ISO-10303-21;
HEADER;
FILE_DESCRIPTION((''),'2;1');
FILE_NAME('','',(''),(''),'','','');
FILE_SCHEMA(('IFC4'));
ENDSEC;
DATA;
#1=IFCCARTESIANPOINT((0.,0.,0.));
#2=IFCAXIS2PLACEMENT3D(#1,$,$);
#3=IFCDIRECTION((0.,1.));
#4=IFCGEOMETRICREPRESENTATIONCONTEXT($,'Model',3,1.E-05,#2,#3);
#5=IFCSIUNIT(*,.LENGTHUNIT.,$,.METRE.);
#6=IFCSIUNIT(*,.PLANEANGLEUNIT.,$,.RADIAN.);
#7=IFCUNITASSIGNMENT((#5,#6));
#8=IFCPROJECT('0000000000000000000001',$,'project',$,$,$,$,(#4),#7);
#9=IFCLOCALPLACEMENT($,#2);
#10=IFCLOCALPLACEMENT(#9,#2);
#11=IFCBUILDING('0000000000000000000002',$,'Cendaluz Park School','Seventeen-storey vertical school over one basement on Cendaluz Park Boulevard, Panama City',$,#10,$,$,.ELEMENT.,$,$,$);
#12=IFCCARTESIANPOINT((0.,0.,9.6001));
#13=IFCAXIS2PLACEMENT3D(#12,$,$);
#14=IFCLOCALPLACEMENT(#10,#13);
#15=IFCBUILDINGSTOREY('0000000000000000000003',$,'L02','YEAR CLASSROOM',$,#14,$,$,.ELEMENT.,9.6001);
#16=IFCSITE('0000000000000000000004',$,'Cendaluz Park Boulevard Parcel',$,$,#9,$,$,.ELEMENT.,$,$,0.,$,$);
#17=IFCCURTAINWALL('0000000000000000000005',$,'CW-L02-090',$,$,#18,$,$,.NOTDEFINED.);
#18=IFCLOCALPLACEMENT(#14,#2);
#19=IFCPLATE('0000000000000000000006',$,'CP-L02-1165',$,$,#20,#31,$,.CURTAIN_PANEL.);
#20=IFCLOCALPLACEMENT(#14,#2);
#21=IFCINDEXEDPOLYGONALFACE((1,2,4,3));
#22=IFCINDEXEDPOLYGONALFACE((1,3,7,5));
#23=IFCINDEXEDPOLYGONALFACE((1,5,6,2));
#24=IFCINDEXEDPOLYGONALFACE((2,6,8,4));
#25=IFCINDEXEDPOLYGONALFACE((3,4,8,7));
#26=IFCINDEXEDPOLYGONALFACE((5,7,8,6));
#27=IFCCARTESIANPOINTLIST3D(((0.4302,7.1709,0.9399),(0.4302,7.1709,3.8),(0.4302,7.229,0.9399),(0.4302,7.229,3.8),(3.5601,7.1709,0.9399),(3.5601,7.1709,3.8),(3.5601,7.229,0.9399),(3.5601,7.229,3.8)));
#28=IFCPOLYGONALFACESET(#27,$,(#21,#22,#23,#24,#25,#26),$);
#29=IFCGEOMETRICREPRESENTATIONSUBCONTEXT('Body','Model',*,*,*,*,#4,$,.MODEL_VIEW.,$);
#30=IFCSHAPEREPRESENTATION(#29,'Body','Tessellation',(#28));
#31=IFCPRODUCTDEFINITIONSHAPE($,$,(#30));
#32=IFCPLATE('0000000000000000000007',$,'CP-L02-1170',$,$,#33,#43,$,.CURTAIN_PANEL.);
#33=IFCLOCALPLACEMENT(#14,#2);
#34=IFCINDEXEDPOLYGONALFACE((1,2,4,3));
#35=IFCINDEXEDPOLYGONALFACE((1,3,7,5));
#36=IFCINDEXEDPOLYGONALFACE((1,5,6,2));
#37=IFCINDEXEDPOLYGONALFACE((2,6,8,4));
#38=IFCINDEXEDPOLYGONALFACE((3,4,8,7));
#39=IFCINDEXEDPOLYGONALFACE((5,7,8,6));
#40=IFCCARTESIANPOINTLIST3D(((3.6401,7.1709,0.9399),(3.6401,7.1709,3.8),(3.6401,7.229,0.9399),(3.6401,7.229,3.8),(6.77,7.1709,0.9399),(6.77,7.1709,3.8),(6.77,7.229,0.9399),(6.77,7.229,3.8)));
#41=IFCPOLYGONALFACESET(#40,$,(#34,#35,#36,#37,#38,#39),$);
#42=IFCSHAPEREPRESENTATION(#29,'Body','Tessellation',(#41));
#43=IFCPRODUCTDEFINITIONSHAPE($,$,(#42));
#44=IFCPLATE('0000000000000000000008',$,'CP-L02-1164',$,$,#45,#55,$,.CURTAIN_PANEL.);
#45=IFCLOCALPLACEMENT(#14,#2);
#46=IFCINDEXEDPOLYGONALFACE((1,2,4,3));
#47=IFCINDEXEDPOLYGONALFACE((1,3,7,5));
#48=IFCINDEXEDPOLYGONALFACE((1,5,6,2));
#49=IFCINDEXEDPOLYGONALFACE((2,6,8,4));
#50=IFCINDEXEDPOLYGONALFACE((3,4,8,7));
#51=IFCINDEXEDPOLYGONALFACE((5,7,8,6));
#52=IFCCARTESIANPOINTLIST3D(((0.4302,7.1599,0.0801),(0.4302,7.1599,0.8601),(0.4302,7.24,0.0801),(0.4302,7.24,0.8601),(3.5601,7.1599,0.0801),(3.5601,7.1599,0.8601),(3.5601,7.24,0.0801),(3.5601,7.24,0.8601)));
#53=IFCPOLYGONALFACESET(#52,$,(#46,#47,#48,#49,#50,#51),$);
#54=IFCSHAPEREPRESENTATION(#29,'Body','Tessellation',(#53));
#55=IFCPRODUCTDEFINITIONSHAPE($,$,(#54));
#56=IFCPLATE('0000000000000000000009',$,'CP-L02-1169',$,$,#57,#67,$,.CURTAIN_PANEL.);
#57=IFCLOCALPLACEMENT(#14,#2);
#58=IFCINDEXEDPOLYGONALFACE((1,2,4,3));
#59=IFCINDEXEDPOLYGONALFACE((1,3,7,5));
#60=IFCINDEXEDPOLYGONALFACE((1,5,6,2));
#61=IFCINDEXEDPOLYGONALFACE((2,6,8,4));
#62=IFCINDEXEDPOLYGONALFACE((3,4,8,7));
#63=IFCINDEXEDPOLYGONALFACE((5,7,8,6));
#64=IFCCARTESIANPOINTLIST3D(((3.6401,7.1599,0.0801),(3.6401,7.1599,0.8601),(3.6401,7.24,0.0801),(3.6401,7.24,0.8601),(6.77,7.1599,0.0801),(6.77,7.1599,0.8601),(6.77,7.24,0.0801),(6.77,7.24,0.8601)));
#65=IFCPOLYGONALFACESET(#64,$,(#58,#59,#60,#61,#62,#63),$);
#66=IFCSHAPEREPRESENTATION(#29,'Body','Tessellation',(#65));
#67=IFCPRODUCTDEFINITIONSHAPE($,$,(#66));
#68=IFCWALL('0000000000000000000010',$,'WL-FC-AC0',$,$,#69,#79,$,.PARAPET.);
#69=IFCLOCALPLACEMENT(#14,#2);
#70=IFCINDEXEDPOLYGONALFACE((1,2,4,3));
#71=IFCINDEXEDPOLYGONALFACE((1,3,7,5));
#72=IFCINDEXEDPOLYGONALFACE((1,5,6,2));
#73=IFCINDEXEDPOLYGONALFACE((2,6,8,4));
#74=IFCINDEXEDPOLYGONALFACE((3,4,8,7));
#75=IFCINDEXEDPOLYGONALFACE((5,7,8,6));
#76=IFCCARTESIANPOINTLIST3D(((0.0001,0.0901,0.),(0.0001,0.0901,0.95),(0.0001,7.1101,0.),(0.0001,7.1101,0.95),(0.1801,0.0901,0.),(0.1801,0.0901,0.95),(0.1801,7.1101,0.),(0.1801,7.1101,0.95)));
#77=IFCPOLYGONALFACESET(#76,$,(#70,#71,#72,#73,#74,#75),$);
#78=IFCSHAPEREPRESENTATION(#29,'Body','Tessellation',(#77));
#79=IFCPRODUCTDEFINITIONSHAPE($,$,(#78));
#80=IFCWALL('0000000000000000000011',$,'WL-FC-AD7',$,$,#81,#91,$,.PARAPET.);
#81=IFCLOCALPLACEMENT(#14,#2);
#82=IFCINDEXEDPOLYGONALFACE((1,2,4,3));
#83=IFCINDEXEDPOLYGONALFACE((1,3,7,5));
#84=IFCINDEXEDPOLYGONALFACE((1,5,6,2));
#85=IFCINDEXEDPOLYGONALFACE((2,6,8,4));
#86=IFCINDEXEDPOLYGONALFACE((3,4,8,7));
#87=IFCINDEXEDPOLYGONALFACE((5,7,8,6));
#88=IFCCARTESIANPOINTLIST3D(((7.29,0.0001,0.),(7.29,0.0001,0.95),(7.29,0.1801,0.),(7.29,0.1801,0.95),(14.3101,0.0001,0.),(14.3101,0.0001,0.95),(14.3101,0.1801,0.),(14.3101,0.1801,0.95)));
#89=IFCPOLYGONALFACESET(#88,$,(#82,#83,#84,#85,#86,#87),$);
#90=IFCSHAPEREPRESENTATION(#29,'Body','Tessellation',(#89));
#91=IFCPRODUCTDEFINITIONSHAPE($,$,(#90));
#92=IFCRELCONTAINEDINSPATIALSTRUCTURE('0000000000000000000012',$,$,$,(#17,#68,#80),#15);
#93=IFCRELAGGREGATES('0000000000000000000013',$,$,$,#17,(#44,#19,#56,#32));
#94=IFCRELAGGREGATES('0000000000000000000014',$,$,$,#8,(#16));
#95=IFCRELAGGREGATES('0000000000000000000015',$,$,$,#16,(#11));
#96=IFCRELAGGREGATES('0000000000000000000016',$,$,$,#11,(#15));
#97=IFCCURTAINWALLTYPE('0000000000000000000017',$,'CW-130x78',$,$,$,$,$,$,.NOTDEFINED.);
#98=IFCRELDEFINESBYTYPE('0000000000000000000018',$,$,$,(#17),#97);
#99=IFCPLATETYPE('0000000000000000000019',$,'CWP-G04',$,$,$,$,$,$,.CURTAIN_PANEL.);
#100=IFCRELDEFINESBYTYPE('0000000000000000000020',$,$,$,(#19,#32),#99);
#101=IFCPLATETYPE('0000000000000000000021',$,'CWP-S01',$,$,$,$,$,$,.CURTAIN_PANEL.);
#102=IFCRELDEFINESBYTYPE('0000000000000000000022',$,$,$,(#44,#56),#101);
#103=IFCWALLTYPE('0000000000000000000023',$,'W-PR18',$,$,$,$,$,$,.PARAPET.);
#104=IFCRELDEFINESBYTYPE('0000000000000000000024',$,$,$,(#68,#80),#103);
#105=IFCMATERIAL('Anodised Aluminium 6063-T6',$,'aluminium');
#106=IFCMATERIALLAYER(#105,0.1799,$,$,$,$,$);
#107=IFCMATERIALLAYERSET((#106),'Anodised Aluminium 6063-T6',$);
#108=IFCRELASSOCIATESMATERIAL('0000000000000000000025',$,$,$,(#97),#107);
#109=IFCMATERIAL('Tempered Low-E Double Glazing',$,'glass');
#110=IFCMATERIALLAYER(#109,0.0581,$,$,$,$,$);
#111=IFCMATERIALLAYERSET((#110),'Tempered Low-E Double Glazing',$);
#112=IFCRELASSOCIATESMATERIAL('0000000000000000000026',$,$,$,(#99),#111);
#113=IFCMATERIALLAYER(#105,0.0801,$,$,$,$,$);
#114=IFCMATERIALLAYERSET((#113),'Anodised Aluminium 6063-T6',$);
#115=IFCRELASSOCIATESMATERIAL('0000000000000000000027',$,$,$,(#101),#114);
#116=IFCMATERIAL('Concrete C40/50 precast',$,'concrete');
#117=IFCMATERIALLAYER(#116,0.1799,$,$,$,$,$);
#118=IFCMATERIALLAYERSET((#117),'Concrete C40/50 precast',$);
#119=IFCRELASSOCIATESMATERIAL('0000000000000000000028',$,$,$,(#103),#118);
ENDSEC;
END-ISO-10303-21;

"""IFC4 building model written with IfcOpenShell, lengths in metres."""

from ifc_helpers import new_model, si_unit, direction, frame, frame_2d, origin, origin_2d, place, context, subcontext, project, spatial, rectangle, extrude, material, layer, layer_set, type_object, element, aggregate, save


model = new_model("IFC4")

# Units and contexts
model_context = context("Model", 3, precision=1e-05, world=origin(), true_north=direction((0.0, 1.0)))
body_context = subcontext(model_context, "Body", "Model", "MODEL_VIEW")
ifc_project = project(units=[si_unit("LENGTHUNIT", "METRE"), si_unit("PLANEANGLEUNIT", "RADIAN")], contexts=[model_context])

# Site, building, storey
site_placement = place(None, origin())
site = spatial("IfcSite", under=ifc_project, at=site_placement, Name="Cendaluz Park Boulevard Parcel", CompositionType="ELEMENT", RefElevation=0.0)
building_placement = place(site_placement, origin())
building = spatial("IfcBuilding", under=site, at=building_placement, Name="Cendaluz Park School", Description="Seventeen-storey vertical school over one basement on Cendaluz Park Boulevard, Panama City", CompositionType="ELEMENT")
storey_placement = place(building_placement, frame((0.0, 0.0, 9.6001)))
storey = spatial("IfcBuildingStorey", under=building, at=storey_placement, Name="L02", Description="YEAR CLASSROOM", CompositionType="ELEMENT", Elevation=9.6001)

# Curtain wall, plates
ifc_material_1 = material(Name="Anodised Aluminium 6063-T6", Category="aluminium")
ifc_layer_1 = layer(ifc_material_1, 0.1799)
ifc_layer_set_1 = layer_set([ifc_layer_1], Name="Anodised Aluminium 6063-T6")
curtain_wall_type = type_object("IfcCurtainWallType", Name="CW-130x78", PredefinedType="NOTDEFINED", material=ifc_layer_set_1)
curtain_wall_placement = place(storey_placement, origin())
curtain_wall = element("IfcCurtainWall", 1, at=curtain_wall_placement, inside=storey, type_object=curtain_wall_type, Name="CW-L02-090", PredefinedType="NOTDEFINED")
ifc_material_2 = material(Name="Tempered Low-E Double Glazing", Category="glass")
ifc_layer_2 = layer(ifc_material_2, 0.0581)
ifc_layer_set_2 = layer_set([ifc_layer_2], Name="Tempered Low-E Double Glazing")
plate_type_1 = type_object("IfcPlateType", Name="CWP-G04", PredefinedType="CURTAIN_PANEL", material=ifc_layer_set_2)
plate_1_placement = place(storey_placement, frame((1.9951, 7.2, 0.9399), z_axis=(0.0, 0.0, 1.0), x_axis=(1.0, 0.0, 0.0)))
plate_1 = element("IfcPlate", 2, at=plate_1_placement, type_object=plate_type_1, Name="CP-L02-1165", PredefinedType="CURTAIN_PANEL", context=body_context, shape_type="SweptSolid", body=[
    extrude(rectangle(XDim=3.1299, YDim=0.0581, at=origin_2d()), origin(), (0.0, 0.0, 1.0), 2.8601),
])
plate_2_placement = place(storey_placement, frame((5.2051, 7.2, 0.9399), z_axis=(0.0, 0.0, 1.0), x_axis=(1.0, 0.0, 0.0)))
plate_2 = element("IfcPlate", 3, at=plate_2_placement, type_object=plate_type_1, Name="CP-L02-1170", PredefinedType="CURTAIN_PANEL", context=body_context, shape_type="SweptSolid", body=[
    extrude(rectangle(XDim=3.1299, YDim=0.0581, at=origin_2d()), origin(), (0.0, 0.0, 1.0), 2.8601),
])
ifc_layer_3 = layer(ifc_material_1, 0.0801)
ifc_layer_set_3 = layer_set([ifc_layer_3], Name="Anodised Aluminium 6063-T6")
plate_type_2 = type_object("IfcPlateType", Name="CWP-S01", PredefinedType="CURTAIN_PANEL", material=ifc_layer_set_3)
plate_3_placement = place(storey_placement, frame((1.9951, 7.2, 0.0801), z_axis=(0.0, 0.0, 1.0), x_axis=(1.0, 0.0, 0.0)))
plate_3 = element("IfcPlate", 4, at=plate_3_placement, type_object=plate_type_2, Name="CP-L02-1164", PredefinedType="CURTAIN_PANEL", context=body_context, shape_type="SweptSolid", body=[
    extrude(rectangle(XDim=3.1299, YDim=0.0801, at=origin_2d()), origin(), (0.0, 0.0, 1.0), 0.78),
])
plate_4_placement = place(storey_placement, frame((5.2051, 7.2, 0.0801), z_axis=(0.0, 0.0, 1.0), x_axis=(1.0, 0.0, 0.0)))
plate_4 = element("IfcPlate", 5, at=plate_4_placement, type_object=plate_type_2, Name="CP-L02-1169", PredefinedType="CURTAIN_PANEL", context=body_context, shape_type="SweptSolid", body=[
    extrude(rectangle(XDim=3.1299, YDim=0.0801, at=origin_2d()), origin(), (0.0, 0.0, 1.0), 0.78),
])
aggregate(curtain_wall, [plate_3, plate_1, plate_4, plate_2])

# Walls
ifc_material_3 = material(Name="Concrete C40/50 precast", Category="concrete")
ifc_layer_4 = layer(ifc_material_3, 0.1799)
ifc_layer_set_4 = layer_set([ifc_layer_4], Name="Concrete C40/50 precast")
wall_type = type_object("IfcWallType", Name="W-PR18", PredefinedType="PARAPET", material=ifc_layer_set_4)
for number, where, z_axis, x_axis, name in (
    (6, (0.0901, 0.0901, 0.0), (0.0, 0.0, 1.0), (0.0, 1.0, 0.0), "WL-FC-AC0"),
    (7, (7.29, 0.0901, 0.0), (0.0, 0.0, 1.0), (1.0, 0.0, 0.0), "WL-FC-AD7"),
):
    element("IfcWall", number, at=place(storey_placement, frame(where, z_axis=z_axis, x_axis=x_axis)), inside=storey, type_object=wall_type, Name=name, PredefinedType="PARAPET", context=body_context, shape_type="SweptSolid", body=[
        extrude(rectangle(XDim=7.02, YDim=0.1799, at=frame_2d((3.51, 0.0))), origin(), (0.0, 0.0, 1.0), 0.95),
    ])

save(model, "model.ifc")
